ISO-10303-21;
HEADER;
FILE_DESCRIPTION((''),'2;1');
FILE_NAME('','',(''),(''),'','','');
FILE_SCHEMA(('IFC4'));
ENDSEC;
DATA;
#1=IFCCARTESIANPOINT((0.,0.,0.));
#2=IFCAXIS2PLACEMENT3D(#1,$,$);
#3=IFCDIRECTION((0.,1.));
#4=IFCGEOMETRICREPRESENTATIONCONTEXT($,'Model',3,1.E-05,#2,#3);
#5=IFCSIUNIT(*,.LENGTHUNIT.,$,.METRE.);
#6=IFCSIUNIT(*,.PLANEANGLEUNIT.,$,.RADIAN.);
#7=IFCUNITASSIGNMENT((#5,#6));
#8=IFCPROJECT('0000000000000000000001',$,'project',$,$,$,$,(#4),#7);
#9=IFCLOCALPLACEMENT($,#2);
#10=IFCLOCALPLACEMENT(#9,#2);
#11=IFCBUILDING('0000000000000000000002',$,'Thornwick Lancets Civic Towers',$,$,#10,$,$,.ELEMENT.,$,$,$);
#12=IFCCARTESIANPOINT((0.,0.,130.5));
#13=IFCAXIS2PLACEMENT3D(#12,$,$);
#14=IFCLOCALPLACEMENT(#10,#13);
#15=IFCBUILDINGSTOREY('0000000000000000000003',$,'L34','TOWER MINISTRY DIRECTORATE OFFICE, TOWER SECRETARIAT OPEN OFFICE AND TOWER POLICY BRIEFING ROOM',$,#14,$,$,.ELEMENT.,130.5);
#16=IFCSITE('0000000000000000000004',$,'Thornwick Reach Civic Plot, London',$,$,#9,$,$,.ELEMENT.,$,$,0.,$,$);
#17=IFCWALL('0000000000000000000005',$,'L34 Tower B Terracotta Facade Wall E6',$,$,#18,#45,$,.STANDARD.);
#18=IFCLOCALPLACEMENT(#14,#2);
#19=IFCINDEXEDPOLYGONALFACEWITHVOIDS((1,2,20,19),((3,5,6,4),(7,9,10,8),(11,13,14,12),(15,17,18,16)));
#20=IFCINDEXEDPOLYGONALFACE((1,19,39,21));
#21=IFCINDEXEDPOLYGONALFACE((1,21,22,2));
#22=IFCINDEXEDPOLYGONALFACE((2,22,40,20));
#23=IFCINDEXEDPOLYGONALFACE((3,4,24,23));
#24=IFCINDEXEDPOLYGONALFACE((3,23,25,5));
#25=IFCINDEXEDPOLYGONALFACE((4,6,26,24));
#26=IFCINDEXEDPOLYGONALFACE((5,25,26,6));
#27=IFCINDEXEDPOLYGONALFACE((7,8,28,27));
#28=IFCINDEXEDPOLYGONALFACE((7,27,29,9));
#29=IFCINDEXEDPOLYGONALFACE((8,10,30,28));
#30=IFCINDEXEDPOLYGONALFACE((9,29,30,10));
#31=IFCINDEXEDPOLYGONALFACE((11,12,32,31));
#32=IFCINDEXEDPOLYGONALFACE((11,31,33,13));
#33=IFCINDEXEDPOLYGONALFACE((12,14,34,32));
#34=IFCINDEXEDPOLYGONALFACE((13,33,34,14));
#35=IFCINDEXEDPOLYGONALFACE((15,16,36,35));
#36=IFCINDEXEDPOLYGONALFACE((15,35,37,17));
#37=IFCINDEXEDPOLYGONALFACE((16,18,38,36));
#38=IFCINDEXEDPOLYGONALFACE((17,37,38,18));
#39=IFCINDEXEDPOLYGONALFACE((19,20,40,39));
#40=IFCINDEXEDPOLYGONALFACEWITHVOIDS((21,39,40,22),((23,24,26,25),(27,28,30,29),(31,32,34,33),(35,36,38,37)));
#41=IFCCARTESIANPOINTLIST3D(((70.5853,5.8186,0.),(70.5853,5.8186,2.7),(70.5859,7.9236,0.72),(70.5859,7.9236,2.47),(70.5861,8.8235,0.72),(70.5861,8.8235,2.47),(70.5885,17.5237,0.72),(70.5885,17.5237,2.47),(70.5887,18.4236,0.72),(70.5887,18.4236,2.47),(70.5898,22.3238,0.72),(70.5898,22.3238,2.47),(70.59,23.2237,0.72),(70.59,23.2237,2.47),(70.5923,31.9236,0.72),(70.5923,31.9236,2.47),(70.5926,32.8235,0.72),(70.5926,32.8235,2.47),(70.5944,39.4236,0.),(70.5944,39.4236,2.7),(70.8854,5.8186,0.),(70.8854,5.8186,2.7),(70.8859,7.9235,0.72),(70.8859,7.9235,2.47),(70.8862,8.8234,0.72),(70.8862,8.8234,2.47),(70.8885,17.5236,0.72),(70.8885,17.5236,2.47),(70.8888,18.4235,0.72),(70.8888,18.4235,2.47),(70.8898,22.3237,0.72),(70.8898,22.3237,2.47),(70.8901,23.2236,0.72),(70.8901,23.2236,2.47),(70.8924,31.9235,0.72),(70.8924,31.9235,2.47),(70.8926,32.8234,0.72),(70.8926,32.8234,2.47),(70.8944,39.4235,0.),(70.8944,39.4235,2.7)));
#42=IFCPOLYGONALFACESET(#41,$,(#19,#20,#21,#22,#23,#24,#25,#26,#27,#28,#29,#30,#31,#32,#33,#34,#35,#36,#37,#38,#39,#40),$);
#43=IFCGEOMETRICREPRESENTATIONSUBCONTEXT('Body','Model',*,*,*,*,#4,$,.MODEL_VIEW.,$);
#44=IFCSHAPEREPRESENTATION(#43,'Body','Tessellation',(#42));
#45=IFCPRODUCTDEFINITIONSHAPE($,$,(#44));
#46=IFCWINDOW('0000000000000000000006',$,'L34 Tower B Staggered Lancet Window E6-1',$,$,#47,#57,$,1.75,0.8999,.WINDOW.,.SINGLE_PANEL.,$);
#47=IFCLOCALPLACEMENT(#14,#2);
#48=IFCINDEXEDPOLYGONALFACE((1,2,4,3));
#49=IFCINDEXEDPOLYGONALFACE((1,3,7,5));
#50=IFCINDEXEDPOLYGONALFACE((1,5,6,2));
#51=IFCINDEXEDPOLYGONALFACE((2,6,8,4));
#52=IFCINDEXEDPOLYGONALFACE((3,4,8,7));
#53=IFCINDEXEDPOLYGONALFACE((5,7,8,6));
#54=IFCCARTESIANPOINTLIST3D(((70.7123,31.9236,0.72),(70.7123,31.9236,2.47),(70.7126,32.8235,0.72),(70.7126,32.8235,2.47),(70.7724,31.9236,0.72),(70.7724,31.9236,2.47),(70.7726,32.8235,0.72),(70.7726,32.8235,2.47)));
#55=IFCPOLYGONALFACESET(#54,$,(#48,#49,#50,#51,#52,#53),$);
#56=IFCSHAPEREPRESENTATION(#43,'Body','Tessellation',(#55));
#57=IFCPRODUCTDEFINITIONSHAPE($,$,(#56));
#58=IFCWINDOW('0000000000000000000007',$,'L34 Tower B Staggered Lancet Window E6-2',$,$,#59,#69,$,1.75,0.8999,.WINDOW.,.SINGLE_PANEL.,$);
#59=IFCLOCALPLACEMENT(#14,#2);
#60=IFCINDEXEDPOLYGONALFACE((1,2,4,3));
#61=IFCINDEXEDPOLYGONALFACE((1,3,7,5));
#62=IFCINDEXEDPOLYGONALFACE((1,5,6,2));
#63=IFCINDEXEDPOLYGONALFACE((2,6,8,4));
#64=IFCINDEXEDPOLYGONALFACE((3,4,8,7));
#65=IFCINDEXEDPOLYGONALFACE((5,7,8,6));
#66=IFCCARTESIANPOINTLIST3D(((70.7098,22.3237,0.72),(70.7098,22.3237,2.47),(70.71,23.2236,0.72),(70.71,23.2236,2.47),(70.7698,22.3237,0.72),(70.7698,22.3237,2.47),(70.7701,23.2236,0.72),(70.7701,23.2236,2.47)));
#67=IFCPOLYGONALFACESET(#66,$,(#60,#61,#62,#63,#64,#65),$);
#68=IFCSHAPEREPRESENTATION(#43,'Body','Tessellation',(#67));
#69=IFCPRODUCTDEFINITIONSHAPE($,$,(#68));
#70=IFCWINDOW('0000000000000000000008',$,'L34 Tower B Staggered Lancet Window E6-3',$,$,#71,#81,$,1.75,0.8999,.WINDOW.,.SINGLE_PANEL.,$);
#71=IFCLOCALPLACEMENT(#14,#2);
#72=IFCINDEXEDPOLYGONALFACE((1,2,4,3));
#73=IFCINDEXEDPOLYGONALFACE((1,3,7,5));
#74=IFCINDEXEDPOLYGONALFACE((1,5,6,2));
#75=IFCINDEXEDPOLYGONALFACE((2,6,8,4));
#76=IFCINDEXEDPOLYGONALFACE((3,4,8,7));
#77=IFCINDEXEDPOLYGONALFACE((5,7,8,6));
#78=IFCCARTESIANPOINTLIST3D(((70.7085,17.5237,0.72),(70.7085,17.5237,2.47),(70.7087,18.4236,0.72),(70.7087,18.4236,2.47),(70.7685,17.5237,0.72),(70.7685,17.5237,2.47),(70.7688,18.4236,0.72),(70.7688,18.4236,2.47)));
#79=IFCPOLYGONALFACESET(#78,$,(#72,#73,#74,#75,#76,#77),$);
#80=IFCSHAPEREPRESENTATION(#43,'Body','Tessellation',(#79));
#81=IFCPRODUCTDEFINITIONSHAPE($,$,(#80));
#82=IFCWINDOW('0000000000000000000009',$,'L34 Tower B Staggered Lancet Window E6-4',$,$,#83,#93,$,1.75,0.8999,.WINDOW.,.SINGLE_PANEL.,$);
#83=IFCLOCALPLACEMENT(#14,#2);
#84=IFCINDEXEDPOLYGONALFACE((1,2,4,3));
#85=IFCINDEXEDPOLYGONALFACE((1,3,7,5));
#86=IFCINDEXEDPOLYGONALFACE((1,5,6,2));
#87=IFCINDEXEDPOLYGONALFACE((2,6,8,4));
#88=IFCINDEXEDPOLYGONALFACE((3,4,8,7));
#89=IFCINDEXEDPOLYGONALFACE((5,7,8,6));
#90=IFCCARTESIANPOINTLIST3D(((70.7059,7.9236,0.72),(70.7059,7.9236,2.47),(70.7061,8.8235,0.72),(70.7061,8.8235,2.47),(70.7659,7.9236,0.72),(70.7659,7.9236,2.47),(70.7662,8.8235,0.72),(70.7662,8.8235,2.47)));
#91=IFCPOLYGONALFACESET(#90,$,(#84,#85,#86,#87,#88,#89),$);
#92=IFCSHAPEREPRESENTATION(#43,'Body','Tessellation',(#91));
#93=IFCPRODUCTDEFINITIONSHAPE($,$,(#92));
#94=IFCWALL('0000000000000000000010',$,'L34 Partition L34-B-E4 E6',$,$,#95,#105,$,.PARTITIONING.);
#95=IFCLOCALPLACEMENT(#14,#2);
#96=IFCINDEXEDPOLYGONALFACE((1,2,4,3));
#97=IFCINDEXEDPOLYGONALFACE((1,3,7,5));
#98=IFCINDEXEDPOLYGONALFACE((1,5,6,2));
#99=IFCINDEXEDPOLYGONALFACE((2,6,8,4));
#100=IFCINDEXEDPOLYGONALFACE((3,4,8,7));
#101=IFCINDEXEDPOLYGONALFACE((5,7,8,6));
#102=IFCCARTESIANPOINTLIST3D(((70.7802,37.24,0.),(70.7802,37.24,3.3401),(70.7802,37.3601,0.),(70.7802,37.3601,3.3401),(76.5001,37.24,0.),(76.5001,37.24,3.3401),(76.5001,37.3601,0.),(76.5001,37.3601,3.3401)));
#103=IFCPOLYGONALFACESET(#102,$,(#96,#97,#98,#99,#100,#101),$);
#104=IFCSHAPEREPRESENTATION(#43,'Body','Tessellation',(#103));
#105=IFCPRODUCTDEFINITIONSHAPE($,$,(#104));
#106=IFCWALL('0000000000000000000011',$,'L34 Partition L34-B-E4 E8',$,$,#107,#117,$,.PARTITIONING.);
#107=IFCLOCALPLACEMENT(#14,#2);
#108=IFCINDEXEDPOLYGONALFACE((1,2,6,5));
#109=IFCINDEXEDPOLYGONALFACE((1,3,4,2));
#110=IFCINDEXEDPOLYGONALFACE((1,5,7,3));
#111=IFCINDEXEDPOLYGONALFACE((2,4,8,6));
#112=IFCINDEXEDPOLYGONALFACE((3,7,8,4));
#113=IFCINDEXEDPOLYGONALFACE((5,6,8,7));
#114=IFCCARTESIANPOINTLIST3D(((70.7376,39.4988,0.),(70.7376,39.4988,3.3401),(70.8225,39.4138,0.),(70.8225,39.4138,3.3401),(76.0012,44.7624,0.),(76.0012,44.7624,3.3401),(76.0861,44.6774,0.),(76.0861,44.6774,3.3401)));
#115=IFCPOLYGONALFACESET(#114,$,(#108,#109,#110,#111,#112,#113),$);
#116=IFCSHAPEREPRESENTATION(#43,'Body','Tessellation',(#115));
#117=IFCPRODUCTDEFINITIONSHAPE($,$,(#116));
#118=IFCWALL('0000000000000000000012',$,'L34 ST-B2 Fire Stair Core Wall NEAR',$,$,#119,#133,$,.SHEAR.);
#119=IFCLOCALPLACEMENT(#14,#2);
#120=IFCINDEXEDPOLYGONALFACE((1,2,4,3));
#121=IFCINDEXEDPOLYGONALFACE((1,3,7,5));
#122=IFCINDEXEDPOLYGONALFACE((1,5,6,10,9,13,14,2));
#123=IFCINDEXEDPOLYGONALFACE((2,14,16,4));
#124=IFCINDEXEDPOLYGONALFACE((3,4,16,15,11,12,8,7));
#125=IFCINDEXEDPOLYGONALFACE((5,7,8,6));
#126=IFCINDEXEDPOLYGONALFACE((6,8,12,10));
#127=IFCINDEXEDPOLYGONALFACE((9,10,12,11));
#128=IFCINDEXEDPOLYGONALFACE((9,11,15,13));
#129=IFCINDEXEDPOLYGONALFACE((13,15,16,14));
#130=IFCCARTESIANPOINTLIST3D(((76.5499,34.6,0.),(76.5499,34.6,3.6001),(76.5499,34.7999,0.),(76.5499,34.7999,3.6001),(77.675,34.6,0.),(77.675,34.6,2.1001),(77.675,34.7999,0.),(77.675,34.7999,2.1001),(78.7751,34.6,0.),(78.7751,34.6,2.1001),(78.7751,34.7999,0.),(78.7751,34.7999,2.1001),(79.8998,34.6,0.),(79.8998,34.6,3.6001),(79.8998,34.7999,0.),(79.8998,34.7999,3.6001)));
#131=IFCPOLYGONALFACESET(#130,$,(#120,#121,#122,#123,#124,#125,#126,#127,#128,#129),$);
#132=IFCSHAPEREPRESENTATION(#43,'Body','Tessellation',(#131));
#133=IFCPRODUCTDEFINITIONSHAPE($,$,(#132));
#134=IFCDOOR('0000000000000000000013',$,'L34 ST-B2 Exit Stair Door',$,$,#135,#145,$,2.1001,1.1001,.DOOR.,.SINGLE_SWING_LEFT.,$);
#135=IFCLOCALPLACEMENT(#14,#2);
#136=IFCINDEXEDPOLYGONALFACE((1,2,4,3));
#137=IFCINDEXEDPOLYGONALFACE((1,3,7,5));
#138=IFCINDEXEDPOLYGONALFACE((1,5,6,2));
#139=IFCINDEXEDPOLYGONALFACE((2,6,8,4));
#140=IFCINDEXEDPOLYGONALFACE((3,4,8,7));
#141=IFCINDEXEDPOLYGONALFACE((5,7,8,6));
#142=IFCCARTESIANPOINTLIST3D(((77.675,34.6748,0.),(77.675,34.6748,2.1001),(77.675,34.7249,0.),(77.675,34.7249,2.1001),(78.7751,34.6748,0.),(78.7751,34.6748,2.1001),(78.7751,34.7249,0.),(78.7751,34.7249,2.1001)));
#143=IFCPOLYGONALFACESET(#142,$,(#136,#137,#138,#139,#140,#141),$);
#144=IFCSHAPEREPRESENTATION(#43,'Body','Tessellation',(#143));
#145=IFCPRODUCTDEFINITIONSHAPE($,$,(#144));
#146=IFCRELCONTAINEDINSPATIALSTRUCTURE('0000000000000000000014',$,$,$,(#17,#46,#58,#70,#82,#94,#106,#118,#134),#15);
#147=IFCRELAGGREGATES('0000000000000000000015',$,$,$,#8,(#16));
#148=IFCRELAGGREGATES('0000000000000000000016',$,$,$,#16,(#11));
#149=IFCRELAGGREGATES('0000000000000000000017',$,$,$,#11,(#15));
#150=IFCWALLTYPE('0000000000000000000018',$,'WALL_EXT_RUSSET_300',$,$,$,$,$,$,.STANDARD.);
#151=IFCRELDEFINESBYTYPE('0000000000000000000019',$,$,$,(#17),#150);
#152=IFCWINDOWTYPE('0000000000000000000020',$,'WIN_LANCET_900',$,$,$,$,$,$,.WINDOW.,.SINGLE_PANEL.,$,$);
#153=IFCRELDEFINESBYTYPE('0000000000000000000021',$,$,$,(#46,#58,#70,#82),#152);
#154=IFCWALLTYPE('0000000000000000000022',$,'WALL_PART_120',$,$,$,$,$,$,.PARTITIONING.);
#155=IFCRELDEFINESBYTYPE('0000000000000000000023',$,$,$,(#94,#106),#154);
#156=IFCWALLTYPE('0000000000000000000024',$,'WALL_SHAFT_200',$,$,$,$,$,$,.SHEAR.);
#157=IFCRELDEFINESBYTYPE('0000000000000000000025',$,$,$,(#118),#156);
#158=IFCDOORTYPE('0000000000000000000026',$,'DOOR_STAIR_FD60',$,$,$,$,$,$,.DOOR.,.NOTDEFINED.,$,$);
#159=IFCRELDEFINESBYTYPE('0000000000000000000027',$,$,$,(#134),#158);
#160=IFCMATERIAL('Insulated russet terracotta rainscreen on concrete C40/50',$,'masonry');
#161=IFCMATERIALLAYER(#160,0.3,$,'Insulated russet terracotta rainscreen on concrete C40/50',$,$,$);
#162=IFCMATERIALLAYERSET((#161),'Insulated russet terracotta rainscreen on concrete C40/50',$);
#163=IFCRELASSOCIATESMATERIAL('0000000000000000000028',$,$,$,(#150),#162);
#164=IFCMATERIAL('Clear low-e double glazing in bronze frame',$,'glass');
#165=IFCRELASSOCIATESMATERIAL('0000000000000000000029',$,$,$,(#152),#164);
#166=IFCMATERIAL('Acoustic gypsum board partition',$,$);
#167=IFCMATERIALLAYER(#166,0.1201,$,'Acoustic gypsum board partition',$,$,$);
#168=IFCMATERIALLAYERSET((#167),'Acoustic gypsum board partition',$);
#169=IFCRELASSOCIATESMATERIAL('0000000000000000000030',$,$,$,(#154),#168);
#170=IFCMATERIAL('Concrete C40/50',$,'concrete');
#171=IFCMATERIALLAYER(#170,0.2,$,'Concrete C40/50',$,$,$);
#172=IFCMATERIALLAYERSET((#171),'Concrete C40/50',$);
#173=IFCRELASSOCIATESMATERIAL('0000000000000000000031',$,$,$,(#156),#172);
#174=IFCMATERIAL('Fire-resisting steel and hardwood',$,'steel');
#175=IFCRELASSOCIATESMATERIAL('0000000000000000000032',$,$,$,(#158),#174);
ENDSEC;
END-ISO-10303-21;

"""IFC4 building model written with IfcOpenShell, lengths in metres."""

from ifc_helpers import new_model, si_unit, direction, frame, frame_2d, origin, place, context, subcontext, project, spatial, rectangle, extrude, material, layer, layer_set, type_object, element, fill, save


model = new_model("IFC4")

# Units and contexts
model_context = context("Model", 3, precision=1e-05, world=origin(), true_north=direction((0.0, 1.0)))
body_context = subcontext(model_context, "Body", "Model", "MODEL_VIEW")
ifc_project = project(units=[si_unit("LENGTHUNIT", "METRE"), si_unit("PLANEANGLEUNIT", "RADIAN")], contexts=[model_context])

# Site, building, storey
site_placement = place(None, origin())
site = spatial("IfcSite", under=ifc_project, at=site_placement, Name="Thornwick Reach Civic Plot, London", CompositionType="ELEMENT", RefElevation=0.0)
building_placement = place(site_placement, origin())
building = spatial("IfcBuilding", under=site, at=building_placement, Name="Thornwick Lancets Civic Towers", CompositionType="ELEMENT")
storey_placement = place(building_placement, frame((0.0, 0.0, 130.5)))
storey = spatial("IfcBuildingStorey", under=building, at=storey_placement, Name="L34", Description="TOWER MINISTRY DIRECTORATE OFFICE, TOWER SECRETARIAT OPEN OFFICE AND TOWER POLICY BRIEFING ROOM", CompositionType="ELEMENT", Elevation=130.5)

# Shared definitions
ifc_material_1 = material(Name="Concrete C40/50", Category="concrete")

# Wall, openings, windows
ifc_material_2 = material(Name="Insulated russet terracotta rainscreen on concrete C40/50", Category="masonry")
ifc_layer_1 = layer(ifc_material_2, 0.3, Name="Insulated russet terracotta rainscreen on concrete C40/50")
ifc_layer_set_1 = layer_set([ifc_layer_1], Name="Insulated russet terracotta rainscreen on concrete C40/50")
wall_type_1 = type_object("IfcWallType", Name="WALL_EXT_RUSSET_300", PredefinedType="STANDARD", material=ifc_layer_set_1)
wall_1_placement = place(storey_placement, frame((70.7444, 39.4236, 0.0), z_axis=(0.0, 0.0, 1.0), x_axis=(-0.000269, -1.0, 0.0)))
wall_1 = element("IfcWall", 1, at=wall_1_placement, inside=storey, type_object=wall_type_1, Name="L34 Tower B Terracotta Facade Wall E6", PredefinedType="STANDARD", context=body_context, shape_type="SweptSolid", body=[
    extrude(rectangle(XDim=33.605, YDim=0.3, at=frame_2d((16.8025, 0.0))), origin(), (0.0, 0.0, 1.0), 2.7),
])
opening_1_placement = place(wall_1_placement, frame((6.6001, 0.0, 0.72)))
opening_1 = element("IfcOpeningElement", 2, at=opening_1_placement, cuts=wall_1, PredefinedType="OPENING", context=body_context, shape_type="SweptSolid", body=[
    extrude(rectangle(XDim=0.8999, YDim=1.75, at=frame_2d((0.45, 0.875))), frame((0.0, 0.1602, 0.0), z_axis=(0.0, -1.0, 0.0), x_axis=(1.0, 0.0, 0.0)), (0.0, 0.0, 1.0), 0.3201),
])
opening_2_placement = place(wall_1_placement, frame((16.2, 0.0, 0.72)))
opening_2 = element("IfcOpeningElement", 3, at=opening_2_placement, cuts=wall_1, PredefinedType="OPENING", context=body_context, shape_type="SweptSolid", body=[
    extrude(rectangle(XDim=0.8999, YDim=1.75, at=frame_2d((0.45, 0.875))), frame((0.0, 0.1602, 0.0), z_axis=(0.0, -1.0, 0.0), x_axis=(1.0, 0.0, 0.0)), (0.0, 0.0, 1.0), 0.3201),
])
opening_3_placement = place(wall_1_placement, frame((21.0, 0.0, 0.72)))
opening_3 = element("IfcOpeningElement", 4, at=opening_3_placement, cuts=wall_1, PredefinedType="OPENING", context=body_context, shape_type="SweptSolid", body=[
    extrude(rectangle(XDim=0.8999, YDim=1.75, at=frame_2d((0.45, 0.875))), frame((0.0, 0.1602, 0.0), z_axis=(0.0, -1.0, 0.0), x_axis=(1.0, 0.0, 0.0)), (0.0, 0.0, 1.0), 0.3201),
])
opening_4_placement = place(wall_1_placement, frame((30.6001, 0.0, 0.72)))
opening_4 = element("IfcOpeningElement", 5, at=opening_4_placement, cuts=wall_1, PredefinedType="OPENING", context=body_context, shape_type="SweptSolid", body=[
    extrude(rectangle(XDim=0.8999, YDim=1.75, at=frame_2d((0.45, 0.875))), frame((0.0, 0.1602, 0.0), z_axis=(0.0, -1.0, 0.0), x_axis=(1.0, 0.0, 0.0)), (0.0, 0.0, 1.0), 0.3201),
])
ifc_material_3 = material(Name="Clear low-e double glazing in bronze frame", Category="glass")
window_type = type_object("IfcWindowType", Name="WIN_LANCET_900", PartitioningType="SINGLE_PANEL", PredefinedType="WINDOW", material=ifc_material_3)
window_1_placement = place(opening_1_placement, origin())
window_1 = element("IfcWindow", 6, at=window_1_placement, inside=storey, type_object=window_type, Name="L34 Tower B Staggered Lancet Window E6-1", OverallHeight=1.75, OverallWidth=0.8999, PartitioningType="SINGLE_PANEL", PredefinedType="WINDOW", context=body_context, shape_type="SweptSolid", body=[
    extrude(rectangle(XDim=0.8999, YDim=1.75, at=frame_2d((0.45, 0.875))), frame((0.0, 0.03, 0.0), z_axis=(0.0, -1.0, 0.0), x_axis=(1.0, 0.0, 0.0)), (0.0, 0.0, 1.0), 0.0601),
])
fill(opening_1, window_1)
window_2_placement = place(opening_2_placement, origin())
window_2 = element("IfcWindow", 7, at=window_2_placement, inside=storey, type_object=window_type, Name="L34 Tower B Staggered Lancet Window E6-2", OverallHeight=1.75, OverallWidth=0.8999, PartitioningType="SINGLE_PANEL", PredefinedType="WINDOW", context=body_context, shape_type="SweptSolid", body=[
    extrude(rectangle(XDim=0.8999, YDim=1.75, at=frame_2d((0.45, 0.875))), frame((0.0, 0.03, 0.0), z_axis=(0.0, -1.0, 0.0), x_axis=(1.0, 0.0, 0.0)), (0.0, 0.0, 1.0), 0.0601),
])
fill(opening_2, window_2)
window_3_placement = place(opening_3_placement, origin())
window_3 = element("IfcWindow", 8, at=window_3_placement, inside=storey, type_object=window_type, Name="L34 Tower B Staggered Lancet Window E6-3", OverallHeight=1.75, OverallWidth=0.8999, PartitioningType="SINGLE_PANEL", PredefinedType="WINDOW", context=body_context, shape_type="SweptSolid", body=[
    extrude(rectangle(XDim=0.8999, YDim=1.75, at=frame_2d((0.45, 0.875))), frame((0.0, 0.03, 0.0), z_axis=(0.0, -1.0, 0.0), x_axis=(1.0, 0.0, 0.0)), (0.0, 0.0, 1.0), 0.0601),
])
fill(opening_3, window_3)
window_4_placement = place(opening_4_placement, origin())
window_4 = element("IfcWindow", 9, at=window_4_placement, inside=storey, type_object=window_type, Name="L34 Tower B Staggered Lancet Window E6-4", OverallHeight=1.75, OverallWidth=0.8999, PartitioningType="SINGLE_PANEL", PredefinedType="WINDOW", context=body_context, shape_type="SweptSolid", body=[
    extrude(rectangle(XDim=0.8999, YDim=1.75, at=frame_2d((0.45, 0.875))), frame((0.0, 0.03, 0.0), z_axis=(0.0, -1.0, 0.0), x_axis=(1.0, 0.0, 0.0)), (0.0, 0.0, 1.0), 0.0601),
])
fill(opening_4, window_4)

# Walls
ifc_material_4 = material(Name="Acoustic gypsum board partition")
ifc_layer_2 = layer(ifc_material_4, 0.1201, Name="Acoustic gypsum board partition")
ifc_layer_set_2 = layer_set([ifc_layer_2], Name="Acoustic gypsum board partition")
wall_type_2 = type_object("IfcWallType", Name="WALL_PART_120", PredefinedType="PARTITIONING", material=ifc_layer_set_2)
wall_2_placement = place(storey_placement, frame((76.5, 37.3, 0.0), z_axis=(0.0, 0.0, 1.0), x_axis=(-1.0, 0.0, 0.0)))
element("IfcWall", 10, at=wall_2_placement, inside=storey, type_object=wall_type_2, Name="L34 Partition L34-B-E4 E6", PredefinedType="PARTITIONING", context=body_context, shape_type="SweptSolid", body=[
    extrude(rectangle(XDim=5.72, YDim=0.1201, at=frame_2d((2.8599, 0.0))), origin(), (0.0, 0.0, 1.0), 3.3401),
])
wall_3_placement = place(storey_placement, frame((70.78, 39.4563, 0.0), z_axis=(0.0, 0.0, 1.0), x_axis=(0.707107, 0.707107, 0.0)))
element("IfcWall", 11, at=wall_3_placement, inside=storey, type_object=wall_type_2, Name="L34 Partition L34-B-E4 E8", PredefinedType="PARTITIONING", context=body_context, shape_type="SweptSolid", body=[
    extrude(rectangle(XDim=7.4438, YDim=0.1201, at=frame_2d((3.7219, 0.0))), origin(), (0.0, 0.0, 1.0), 3.3401),
])

# Wall, opening, door
ifc_layer_3 = layer(ifc_material_1, 0.2, Name="Concrete C40/50")
ifc_layer_set_3 = layer_set([ifc_layer_3], Name="Concrete C40/50")
wall_type_3 = type_object("IfcWallType", Name="WALL_SHAFT_200", PredefinedType="SHEAR", material=ifc_layer_set_3)
wall_4_placement = place(storey_placement, frame((76.55, 34.7, 0.0), z_axis=(0.0, 0.0, 1.0), x_axis=(1.0, 0.0, 0.0)))
wall_4 = element("IfcWall", 12, at=wall_4_placement, inside=storey, type_object=wall_type_3, Name="L34 ST-B2 Fire Stair Core Wall NEAR", PredefinedType="SHEAR", context=body_context, shape_type="SweptSolid", body=[
    extrude(rectangle(XDim=3.3499, YDim=0.2, at=frame_2d((1.6748, 0.0))), origin(), (0.0, 0.0, 1.0), 3.6001),
])
opening_5_placement = place(wall_4_placement, frame((1.125, 0.0, 0.0)))
opening_5 = element("IfcOpeningElement", 13, at=opening_5_placement, cuts=wall_4, PredefinedType="OPENING", context=body_context, shape_type="SweptSolid", body=[
    extrude(rectangle(XDim=1.1001, YDim=2.1001, at=frame_2d((0.55, 1.05))), frame((0.0, 0.1099, 0.0), z_axis=(0.0, -1.0, 0.0), x_axis=(1.0, 0.0, 0.0)), (0.0, 0.0, 1.0), 0.22),
])
ifc_material_5 = material(Name="Fire-resisting steel and hardwood", Category="steel")
door_type = type_object("IfcDoorType", Name="DOOR_STAIR_FD60", OperationType="NOTDEFINED", PredefinedType="DOOR", material=ifc_material_5)
door_placement = place(opening_5_placement, origin())
door = element("IfcDoor", 14, at=door_placement, inside=storey, type_object=door_type, Name="L34 ST-B2 Exit Stair Door", OperationType="SINGLE_SWING_LEFT", OverallHeight=2.1001, OverallWidth=1.1001, PredefinedType="DOOR", context=body_context, shape_type="SweptSolid", body=[
    extrude(rectangle(XDim=1.1001, YDim=2.1001, at=frame_2d((0.55, 1.05))), frame((0.0, 0.0249, 0.0), z_axis=(0.0, -1.0, 0.0), x_axis=(1.0, 0.0, 0.0)), (0.0, 0.0, 1.0), 0.05),
])
fill(opening_5, door)

save(model, "model.ifc")
